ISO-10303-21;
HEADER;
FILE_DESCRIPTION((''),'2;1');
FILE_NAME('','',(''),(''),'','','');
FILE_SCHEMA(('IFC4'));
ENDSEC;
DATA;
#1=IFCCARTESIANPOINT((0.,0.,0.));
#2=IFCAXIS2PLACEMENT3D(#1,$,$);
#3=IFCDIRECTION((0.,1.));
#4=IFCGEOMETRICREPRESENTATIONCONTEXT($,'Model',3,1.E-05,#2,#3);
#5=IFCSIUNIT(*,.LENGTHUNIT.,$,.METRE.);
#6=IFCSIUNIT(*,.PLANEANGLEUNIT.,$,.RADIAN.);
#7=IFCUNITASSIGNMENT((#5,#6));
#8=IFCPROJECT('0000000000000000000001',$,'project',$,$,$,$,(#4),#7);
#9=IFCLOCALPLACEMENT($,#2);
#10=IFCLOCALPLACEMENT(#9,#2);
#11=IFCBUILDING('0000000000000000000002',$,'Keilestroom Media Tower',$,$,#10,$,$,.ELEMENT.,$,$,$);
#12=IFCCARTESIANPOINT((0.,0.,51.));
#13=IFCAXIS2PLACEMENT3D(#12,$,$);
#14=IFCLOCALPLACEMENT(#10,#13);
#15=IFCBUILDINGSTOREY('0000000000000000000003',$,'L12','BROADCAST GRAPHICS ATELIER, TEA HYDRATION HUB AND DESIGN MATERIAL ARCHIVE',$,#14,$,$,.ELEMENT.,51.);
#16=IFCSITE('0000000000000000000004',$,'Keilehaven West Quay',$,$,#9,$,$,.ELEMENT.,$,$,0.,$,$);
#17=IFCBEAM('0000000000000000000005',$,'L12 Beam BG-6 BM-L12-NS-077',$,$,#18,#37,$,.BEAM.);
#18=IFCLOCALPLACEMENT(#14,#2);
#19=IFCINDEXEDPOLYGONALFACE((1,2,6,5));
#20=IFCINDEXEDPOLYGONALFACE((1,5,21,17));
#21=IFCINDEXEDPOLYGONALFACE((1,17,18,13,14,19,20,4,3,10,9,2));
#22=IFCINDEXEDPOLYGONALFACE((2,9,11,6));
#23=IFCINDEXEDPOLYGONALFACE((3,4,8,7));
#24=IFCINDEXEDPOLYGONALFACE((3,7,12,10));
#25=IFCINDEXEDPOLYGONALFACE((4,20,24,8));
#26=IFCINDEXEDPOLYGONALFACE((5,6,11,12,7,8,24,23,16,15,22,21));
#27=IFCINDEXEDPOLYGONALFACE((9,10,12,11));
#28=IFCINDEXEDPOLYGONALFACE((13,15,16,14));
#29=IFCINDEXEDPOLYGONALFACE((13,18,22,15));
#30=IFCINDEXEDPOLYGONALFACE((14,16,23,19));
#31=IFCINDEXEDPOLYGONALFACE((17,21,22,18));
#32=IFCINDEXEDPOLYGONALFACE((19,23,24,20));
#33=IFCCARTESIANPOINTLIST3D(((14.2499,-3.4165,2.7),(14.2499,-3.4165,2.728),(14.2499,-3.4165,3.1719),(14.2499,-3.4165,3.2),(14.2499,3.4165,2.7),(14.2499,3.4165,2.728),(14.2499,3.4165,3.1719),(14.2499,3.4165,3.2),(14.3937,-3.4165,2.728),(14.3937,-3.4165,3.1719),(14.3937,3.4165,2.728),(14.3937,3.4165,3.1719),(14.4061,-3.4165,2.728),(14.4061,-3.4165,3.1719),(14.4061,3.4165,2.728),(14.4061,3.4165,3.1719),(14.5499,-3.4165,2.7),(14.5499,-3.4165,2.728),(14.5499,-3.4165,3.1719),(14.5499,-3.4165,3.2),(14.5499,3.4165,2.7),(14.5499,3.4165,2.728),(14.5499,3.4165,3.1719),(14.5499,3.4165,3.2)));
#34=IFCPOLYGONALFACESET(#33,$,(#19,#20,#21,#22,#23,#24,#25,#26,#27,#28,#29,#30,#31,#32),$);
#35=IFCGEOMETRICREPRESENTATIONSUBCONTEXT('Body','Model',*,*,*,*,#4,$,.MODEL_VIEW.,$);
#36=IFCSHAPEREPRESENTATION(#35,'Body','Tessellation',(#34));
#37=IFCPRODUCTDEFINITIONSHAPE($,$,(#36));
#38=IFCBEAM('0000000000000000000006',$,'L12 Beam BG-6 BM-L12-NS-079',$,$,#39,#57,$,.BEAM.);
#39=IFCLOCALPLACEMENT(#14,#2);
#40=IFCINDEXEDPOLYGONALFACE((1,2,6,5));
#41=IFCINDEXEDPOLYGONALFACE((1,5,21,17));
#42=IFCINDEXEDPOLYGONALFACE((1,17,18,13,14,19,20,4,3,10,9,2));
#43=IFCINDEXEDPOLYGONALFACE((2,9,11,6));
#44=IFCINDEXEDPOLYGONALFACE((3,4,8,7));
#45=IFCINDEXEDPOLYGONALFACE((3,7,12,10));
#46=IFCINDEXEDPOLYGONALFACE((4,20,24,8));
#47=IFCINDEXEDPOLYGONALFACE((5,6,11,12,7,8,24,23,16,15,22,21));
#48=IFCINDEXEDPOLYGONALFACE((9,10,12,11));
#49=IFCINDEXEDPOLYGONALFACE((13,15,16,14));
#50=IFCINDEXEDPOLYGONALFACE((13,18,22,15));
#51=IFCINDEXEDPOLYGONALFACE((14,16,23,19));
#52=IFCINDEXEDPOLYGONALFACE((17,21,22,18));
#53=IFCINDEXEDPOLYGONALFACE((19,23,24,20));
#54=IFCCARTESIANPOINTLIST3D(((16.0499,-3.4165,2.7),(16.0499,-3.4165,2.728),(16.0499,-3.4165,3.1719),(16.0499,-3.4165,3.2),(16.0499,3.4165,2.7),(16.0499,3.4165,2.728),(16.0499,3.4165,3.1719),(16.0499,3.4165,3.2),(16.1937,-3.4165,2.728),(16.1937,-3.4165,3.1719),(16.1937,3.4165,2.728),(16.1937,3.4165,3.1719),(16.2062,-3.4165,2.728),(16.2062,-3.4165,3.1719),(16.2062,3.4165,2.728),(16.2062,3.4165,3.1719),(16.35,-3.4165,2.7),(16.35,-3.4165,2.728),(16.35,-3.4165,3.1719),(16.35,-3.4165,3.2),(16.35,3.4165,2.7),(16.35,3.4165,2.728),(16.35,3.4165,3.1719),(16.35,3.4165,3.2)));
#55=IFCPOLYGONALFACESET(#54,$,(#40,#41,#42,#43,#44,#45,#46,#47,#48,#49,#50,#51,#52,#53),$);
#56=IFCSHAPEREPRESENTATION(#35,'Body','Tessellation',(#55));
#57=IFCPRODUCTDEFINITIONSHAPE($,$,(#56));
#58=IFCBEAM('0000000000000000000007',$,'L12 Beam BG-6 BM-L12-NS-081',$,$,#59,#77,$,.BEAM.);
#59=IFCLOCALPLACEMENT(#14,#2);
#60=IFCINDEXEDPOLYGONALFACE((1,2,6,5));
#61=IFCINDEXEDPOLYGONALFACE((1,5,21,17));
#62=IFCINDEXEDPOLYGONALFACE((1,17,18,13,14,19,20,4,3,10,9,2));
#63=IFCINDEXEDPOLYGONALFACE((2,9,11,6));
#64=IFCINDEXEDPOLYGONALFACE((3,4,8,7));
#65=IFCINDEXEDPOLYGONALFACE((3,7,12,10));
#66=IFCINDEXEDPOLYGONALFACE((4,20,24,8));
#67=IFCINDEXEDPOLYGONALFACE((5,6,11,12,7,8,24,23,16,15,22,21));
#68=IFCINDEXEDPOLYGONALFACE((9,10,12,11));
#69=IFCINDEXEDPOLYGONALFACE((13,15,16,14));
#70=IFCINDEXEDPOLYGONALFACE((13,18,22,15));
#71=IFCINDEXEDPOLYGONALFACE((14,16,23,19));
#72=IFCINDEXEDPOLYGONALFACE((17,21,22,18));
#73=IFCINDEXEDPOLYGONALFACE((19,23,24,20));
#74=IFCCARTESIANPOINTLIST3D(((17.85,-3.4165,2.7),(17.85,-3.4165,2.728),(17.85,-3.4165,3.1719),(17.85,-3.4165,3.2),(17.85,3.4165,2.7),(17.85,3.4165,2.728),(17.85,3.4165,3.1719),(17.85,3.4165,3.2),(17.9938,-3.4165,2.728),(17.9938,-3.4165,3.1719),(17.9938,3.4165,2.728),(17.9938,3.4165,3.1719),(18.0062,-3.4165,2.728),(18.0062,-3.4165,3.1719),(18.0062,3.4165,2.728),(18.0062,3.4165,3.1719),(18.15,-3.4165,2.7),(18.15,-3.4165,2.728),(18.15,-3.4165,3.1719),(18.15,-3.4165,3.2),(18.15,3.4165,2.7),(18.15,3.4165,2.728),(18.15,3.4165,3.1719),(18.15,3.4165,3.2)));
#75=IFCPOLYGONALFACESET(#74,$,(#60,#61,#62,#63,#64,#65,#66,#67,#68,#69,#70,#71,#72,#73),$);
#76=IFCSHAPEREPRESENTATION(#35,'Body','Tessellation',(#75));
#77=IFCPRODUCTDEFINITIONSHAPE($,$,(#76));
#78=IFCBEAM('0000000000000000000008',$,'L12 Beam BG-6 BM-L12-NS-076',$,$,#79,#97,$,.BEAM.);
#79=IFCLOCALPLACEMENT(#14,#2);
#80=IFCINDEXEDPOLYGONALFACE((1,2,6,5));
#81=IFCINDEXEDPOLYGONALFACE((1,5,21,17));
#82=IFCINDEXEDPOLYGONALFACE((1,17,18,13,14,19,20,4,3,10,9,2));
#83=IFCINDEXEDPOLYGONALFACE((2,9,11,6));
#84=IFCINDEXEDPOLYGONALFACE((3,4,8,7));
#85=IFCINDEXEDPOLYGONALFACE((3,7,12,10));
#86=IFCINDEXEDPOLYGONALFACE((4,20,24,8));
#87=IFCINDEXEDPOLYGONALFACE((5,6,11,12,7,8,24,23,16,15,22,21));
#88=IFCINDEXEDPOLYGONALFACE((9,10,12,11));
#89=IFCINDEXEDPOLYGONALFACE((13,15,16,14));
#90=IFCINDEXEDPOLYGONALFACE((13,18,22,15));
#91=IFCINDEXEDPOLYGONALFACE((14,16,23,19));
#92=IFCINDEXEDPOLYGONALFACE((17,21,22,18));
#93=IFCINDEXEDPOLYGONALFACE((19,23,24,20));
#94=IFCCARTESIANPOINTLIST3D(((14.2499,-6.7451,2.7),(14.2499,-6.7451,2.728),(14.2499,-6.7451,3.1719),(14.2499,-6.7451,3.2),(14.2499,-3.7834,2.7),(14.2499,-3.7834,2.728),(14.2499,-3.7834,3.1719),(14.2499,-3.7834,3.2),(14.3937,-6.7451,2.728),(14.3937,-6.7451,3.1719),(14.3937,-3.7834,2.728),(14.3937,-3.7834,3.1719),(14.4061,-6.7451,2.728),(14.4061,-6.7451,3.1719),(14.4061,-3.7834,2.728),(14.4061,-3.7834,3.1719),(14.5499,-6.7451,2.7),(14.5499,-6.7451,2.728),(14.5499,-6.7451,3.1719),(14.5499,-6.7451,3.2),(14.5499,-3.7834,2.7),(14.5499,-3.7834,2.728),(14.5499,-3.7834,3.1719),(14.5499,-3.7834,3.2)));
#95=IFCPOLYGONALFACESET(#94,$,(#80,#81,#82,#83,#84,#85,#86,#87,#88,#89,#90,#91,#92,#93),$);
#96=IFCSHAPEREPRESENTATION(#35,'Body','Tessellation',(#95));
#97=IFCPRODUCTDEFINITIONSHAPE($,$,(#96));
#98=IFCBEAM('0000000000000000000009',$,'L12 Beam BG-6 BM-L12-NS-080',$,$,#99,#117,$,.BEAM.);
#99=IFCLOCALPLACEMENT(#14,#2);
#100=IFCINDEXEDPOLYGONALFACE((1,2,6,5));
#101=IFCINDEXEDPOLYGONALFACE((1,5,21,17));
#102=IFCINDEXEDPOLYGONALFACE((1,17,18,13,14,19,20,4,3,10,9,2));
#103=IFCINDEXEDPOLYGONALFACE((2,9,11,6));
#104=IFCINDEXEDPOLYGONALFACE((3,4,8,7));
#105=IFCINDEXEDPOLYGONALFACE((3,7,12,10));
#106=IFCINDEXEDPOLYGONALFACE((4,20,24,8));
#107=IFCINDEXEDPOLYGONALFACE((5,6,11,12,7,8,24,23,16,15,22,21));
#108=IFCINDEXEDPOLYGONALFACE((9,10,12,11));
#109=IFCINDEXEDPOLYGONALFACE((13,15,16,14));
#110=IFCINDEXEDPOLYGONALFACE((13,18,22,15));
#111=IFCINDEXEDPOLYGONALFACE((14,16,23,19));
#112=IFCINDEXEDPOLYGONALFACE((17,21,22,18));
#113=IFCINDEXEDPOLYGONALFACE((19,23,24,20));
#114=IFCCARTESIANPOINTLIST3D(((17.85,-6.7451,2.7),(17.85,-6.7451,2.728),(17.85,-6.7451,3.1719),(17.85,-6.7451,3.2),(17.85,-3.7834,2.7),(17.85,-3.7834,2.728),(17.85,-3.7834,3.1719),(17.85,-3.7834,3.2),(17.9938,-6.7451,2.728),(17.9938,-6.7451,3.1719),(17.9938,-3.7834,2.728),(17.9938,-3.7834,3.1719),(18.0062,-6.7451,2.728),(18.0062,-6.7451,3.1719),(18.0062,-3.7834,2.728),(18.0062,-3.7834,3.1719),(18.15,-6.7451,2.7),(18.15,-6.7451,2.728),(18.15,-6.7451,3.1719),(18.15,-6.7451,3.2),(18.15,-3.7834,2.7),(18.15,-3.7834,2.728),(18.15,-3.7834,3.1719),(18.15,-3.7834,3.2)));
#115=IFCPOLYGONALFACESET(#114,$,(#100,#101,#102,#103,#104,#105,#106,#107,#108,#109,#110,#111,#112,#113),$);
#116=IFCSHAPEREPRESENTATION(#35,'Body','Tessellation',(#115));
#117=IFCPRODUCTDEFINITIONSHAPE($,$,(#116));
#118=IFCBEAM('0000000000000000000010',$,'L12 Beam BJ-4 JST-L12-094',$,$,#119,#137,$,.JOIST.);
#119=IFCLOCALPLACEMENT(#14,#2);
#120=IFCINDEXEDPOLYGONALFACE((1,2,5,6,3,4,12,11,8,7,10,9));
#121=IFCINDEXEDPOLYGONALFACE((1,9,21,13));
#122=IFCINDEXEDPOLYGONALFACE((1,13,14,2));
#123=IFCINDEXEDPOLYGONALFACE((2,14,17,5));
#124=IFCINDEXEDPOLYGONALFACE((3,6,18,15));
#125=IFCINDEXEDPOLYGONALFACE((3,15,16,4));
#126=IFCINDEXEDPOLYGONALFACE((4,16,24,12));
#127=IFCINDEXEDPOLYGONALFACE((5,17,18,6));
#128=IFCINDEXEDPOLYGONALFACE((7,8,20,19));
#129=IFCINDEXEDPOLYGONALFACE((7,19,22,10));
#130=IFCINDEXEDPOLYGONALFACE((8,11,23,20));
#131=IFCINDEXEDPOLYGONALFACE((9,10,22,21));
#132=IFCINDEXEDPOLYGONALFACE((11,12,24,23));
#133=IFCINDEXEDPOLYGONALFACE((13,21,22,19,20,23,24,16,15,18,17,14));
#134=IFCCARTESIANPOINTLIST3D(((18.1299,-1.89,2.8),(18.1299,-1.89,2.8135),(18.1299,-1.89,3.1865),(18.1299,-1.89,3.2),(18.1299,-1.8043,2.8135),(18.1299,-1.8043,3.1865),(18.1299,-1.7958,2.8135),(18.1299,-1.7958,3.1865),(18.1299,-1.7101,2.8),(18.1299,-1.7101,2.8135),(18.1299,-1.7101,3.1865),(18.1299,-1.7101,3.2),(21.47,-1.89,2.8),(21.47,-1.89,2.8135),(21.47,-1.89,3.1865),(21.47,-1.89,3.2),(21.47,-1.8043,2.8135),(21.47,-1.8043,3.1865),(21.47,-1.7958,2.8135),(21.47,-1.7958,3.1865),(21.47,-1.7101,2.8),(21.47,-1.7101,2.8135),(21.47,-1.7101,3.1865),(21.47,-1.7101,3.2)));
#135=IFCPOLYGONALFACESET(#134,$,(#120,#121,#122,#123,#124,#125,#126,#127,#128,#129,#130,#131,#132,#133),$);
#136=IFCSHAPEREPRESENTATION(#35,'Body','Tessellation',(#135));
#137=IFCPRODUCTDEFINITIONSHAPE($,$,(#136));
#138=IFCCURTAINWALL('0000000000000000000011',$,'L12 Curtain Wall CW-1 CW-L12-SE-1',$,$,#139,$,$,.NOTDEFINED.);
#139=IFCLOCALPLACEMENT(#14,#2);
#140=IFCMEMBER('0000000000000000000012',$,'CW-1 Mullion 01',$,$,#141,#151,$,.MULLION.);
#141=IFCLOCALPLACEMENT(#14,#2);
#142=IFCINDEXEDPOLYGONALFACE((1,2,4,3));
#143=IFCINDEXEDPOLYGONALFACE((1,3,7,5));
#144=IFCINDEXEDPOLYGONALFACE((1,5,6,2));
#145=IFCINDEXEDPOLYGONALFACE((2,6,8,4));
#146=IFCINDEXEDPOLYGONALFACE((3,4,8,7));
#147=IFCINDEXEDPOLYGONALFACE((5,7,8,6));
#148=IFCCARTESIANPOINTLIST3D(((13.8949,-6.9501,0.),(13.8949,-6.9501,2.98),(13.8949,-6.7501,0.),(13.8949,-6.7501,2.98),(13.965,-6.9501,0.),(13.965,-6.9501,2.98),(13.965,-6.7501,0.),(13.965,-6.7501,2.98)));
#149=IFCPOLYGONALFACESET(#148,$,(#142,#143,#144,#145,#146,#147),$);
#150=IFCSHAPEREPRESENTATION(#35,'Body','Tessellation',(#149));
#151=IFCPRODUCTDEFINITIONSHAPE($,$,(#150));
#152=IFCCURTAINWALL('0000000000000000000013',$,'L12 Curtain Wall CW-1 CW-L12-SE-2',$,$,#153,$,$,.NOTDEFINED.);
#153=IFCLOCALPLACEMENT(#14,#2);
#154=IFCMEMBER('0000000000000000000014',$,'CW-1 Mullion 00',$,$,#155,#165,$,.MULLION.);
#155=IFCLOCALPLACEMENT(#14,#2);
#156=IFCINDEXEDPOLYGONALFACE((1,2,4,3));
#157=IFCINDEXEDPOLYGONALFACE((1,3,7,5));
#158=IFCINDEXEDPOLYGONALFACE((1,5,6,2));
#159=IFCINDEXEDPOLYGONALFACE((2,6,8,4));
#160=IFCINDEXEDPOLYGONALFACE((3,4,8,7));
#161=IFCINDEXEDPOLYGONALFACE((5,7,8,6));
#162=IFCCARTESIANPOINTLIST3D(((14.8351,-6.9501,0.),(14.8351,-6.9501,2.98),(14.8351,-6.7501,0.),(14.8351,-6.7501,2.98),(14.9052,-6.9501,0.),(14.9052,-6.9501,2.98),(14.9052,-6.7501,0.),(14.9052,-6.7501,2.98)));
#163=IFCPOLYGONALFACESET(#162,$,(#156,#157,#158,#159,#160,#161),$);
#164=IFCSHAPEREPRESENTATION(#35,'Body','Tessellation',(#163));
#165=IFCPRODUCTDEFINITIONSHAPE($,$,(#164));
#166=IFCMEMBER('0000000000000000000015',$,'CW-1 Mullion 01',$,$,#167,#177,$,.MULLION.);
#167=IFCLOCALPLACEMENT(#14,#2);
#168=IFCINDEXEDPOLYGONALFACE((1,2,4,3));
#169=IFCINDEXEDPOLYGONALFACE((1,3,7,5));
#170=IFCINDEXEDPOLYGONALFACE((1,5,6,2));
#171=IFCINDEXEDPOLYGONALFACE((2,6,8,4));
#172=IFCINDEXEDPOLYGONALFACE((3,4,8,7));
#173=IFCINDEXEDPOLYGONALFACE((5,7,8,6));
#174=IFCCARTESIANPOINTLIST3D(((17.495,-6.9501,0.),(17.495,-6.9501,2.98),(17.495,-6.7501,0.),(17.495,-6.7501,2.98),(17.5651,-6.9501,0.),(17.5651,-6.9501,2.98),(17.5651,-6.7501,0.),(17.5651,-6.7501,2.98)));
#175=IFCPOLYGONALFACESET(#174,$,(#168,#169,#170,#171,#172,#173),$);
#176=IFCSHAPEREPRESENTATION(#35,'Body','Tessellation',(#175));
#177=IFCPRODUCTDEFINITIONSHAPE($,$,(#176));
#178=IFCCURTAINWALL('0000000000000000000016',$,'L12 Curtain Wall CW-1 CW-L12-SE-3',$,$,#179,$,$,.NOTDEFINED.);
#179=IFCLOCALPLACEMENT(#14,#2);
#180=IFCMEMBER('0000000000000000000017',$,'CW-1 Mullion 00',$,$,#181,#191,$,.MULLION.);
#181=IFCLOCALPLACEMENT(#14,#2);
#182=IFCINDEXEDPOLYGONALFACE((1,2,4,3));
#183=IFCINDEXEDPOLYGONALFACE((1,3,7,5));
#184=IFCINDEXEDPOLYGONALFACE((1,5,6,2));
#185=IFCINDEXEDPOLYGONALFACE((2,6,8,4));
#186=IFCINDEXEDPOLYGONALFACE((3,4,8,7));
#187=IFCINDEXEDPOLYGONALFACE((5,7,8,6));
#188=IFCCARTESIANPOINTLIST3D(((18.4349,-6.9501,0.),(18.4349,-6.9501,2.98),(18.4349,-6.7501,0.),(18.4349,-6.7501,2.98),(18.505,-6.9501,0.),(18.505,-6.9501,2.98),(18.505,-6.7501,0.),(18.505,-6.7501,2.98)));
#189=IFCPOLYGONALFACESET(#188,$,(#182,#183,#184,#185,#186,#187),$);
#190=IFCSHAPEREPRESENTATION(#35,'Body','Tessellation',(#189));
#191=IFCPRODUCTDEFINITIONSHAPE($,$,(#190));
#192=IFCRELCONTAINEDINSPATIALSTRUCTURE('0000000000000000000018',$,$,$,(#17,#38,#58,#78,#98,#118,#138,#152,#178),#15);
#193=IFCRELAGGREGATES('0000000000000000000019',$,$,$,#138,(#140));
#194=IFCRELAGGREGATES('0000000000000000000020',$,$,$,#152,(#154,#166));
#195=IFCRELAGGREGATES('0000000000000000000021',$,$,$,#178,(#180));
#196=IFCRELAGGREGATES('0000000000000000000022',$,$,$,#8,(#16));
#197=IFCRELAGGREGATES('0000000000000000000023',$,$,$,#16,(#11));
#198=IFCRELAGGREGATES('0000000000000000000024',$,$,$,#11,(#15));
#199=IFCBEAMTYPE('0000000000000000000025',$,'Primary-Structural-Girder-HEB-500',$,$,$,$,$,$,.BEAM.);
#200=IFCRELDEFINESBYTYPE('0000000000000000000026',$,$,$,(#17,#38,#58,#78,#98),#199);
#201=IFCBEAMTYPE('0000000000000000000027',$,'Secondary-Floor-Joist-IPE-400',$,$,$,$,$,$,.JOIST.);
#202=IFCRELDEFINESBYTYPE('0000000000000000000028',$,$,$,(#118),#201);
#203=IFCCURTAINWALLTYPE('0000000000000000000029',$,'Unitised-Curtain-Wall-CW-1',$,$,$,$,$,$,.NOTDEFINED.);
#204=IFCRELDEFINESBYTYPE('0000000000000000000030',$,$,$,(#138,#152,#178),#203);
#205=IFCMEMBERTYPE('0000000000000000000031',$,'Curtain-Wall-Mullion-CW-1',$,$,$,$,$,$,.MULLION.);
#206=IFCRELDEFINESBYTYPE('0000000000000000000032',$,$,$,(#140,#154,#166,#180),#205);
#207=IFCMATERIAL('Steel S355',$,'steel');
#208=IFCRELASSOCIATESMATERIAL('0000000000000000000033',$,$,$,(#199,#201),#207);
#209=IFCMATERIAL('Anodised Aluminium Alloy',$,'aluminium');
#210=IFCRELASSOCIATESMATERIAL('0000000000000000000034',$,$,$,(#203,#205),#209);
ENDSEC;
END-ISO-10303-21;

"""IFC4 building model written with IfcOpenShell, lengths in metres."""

from ifc_helpers import new_model, si_unit, direction, frame, origin, origin_2d, place, context, subcontext, project, spatial, rectangle, i_section, extrude, source, transform, mapped, material, material_profile, profile_set, type_object, element, aggregate, save


model = new_model("IFC4")

# Units and contexts
model_context = context("Model", 3, precision=1e-05, world=origin(), true_north=direction((0.0, 1.0)))
body_context = subcontext(model_context, "Body", "Model", "MODEL_VIEW")
ifc_project = project(units=[si_unit("LENGTHUNIT", "METRE"), si_unit("PLANEANGLEUNIT", "RADIAN")], contexts=[model_context])

# Site, building, storey
site_placement = place(None, origin())
site = spatial("IfcSite", under=ifc_project, at=site_placement, Name="Keilehaven West Quay", CompositionType="ELEMENT", RefElevation=0.0)
building_placement = place(site_placement, origin())
building = spatial("IfcBuilding", under=site, at=building_placement, Name="Keilestroom Media Tower", CompositionType="ELEMENT")
storey_placement = place(building_placement, frame((0.0, 0.0, 51.0)))
storey = spatial("IfcBuildingStorey", under=building, at=storey_placement, Name="L12", Description="BROADCAST GRAPHICS ATELIER, TEA HYDRATION HUB AND DESIGN MATERIAL ARCHIVE", CompositionType="ELEMENT", Elevation=51.0)

# Beams
ifc_material_1 = material(Name="Steel S355", Category="steel")
ifc_material_profile_1 = material_profile(ifc_material_1, i_section(OverallWidth=0.3, OverallDepth=0.5, WebThickness=0.0125, FlangeThickness=0.0281, at=origin_2d()), Name="HEB 500")
ifc_profile_set_1 = profile_set([ifc_material_profile_1], Name="Steel S355")
beam_type_1 = type_object("IfcBeamType", Name="Primary-Structural-Girder-HEB-500", PredefinedType="BEAM", material=ifc_profile_set_1)
shared_shape_1 = source(origin(), body_context, "Body", "SweptSolid", [
    extrude(i_section(OverallWidth=0.3, OverallDepth=0.5, WebThickness=0.0125, FlangeThickness=0.0281, at=origin_2d()), origin(), (0.0, 0.0, 1.0), 6.833),
])
for number, where, z_axis, x_axis, name in (
    (1, (14.3999, -3.4165, 2.95), (0.0, 1.0, 0.0), (-1.0, 0.0, 0.0), "L12 Beam BG-6 BM-L12-NS-077"),
    (2, (16.2, -3.4165, 2.95), (0.0, 1.0, 0.0), (-1.0, 0.0, 0.0), "L12 Beam BG-6 BM-L12-NS-079"),
    (3, (18.0, -3.4165, 2.95), (0.0, 1.0, 0.0), (-1.0, 0.0, 0.0), "L12 Beam BG-6 BM-L12-NS-081"),
):
    element("IfcBeam", number, at=place(storey_placement, frame(where, z_axis=z_axis, x_axis=x_axis)), inside=storey, type_object=beam_type_1, Name=name, PredefinedType="BEAM", context=body_context, shape_type="MappedRepresentation", body=[
        mapped(shared_shape_1, transform((0.0, 0.0, 0.0), x_axis=(1.0, 0.0, 0.0), y_axis=(0.0, 1.0, 0.0), z_axis=(0.0, 0.0, 1.0), scale=1.0)),
    ])
shared_shape_2 = source(origin(), body_context, "Body", "SweptSolid", [
    extrude(i_section(OverallWidth=0.3, OverallDepth=0.5, WebThickness=0.0125, FlangeThickness=0.0281, at=origin_2d()), origin(), (0.0, 0.0, 1.0), 2.9617),
])
for number, where, z_axis, x_axis, name in (
    (4, (14.3999, -6.7451, 2.95), (0.0, 1.0, 0.0), (-1.0, 0.0, 0.0), "L12 Beam BG-6 BM-L12-NS-076"),
    (5, (18.0, -6.7451, 2.95), (0.0, 1.0, 0.0), (-1.0, 0.0, 0.0), "L12 Beam BG-6 BM-L12-NS-080"),
):
    element("IfcBeam", number, at=place(storey_placement, frame(where, z_axis=z_axis, x_axis=x_axis)), inside=storey, type_object=beam_type_1, Name=name, PredefinedType="BEAM", context=body_context, shape_type="MappedRepresentation", body=[
        mapped(shared_shape_2, transform((0.0, 0.0, 0.0), x_axis=(1.0, 0.0, 0.0), y_axis=(0.0, 1.0, 0.0), z_axis=(0.0, 0.0, 1.0), scale=1.0)),
    ])
ifc_material_profile_2 = material_profile(ifc_material_1, i_section(OverallWidth=0.1799, OverallDepth=0.3999, WebThickness=0.0085, FlangeThickness=0.0134, at=origin_2d()), Name="IPE 400")
ifc_profile_set_2 = profile_set([ifc_material_profile_2], Name="Steel S355")
beam_type_2 = type_object("IfcBeamType", Name="Secondary-Floor-Joist-IPE-400", PredefinedType="JOIST", material=ifc_profile_set_2)
shared_shape_3 = source(origin(), body_context, "Body", "SweptSolid", [
    extrude(i_section(OverallWidth=0.1799, OverallDepth=0.3999, WebThickness=0.0085, FlangeThickness=0.0134, at=origin_2d()), origin(), (0.0, 0.0, 1.0), 3.3401),
])
beam_1_placement = place(storey_placement, frame((18.1299, -1.8, 3.0), z_axis=(1.0, 0.0, 0.0), x_axis=(0.0, 1.0, 0.0)))
element("IfcBeam", 6, at=beam_1_placement, inside=storey, type_object=beam_type_2, Name="L12 Beam BJ-4 JST-L12-094", PredefinedType="JOIST", context=body_context, shape_type="MappedRepresentation", body=[
    mapped(shared_shape_3, transform((0.0, 0.0, 0.0), x_axis=(1.0, 0.0, 0.0), y_axis=(0.0, 1.0, 0.0), z_axis=(0.0, 0.0, 1.0), scale=1.0)),
])

# Curtain wall, member
ifc_material_2 = material(Name="Anodised Aluminium Alloy", Category="aluminium")
curtain_wall_type = type_object("IfcCurtainWallType", Name="Unitised-Curtain-Wall-CW-1", PredefinedType="NOTDEFINED", material=ifc_material_2)
curtain_wall_1_placement = place(storey_placement, origin())
curtain_wall_1 = element("IfcCurtainWall", 7, at=curtain_wall_1_placement, inside=storey, type_object=curtain_wall_type, Name="L12 Curtain Wall CW-1 CW-L12-SE-1", PredefinedType="NOTDEFINED")
ifc_material_profile_3 = material_profile(ifc_material_2, rectangle(XDim=0.0701, YDim=0.2, at=origin_2d()), Name="ALU MULLION 70x200")
ifc_profile_set_3 = profile_set([ifc_material_profile_3], Name="Anodised Aluminium Alloy")
member_type_1 = type_object("IfcMemberType", Name="Curtain-Wall-Mullion-CW-1", PredefinedType="MULLION", material=ifc_profile_set_3)
shared_shape_4 = source(origin(), body_context, "Body", "SweptSolid", [
    extrude(rectangle(XDim=0.0701, YDim=0.2, at=origin_2d()), origin(), (0.0, 0.0, 1.0), 2.98),
])
member_1_placement = place(storey_placement, frame((13.9299, -6.8501, 0.0), z_axis=(0.0, 0.0, 1.0), x_axis=(1.0, 0.0, 0.0)))
member_1 = element("IfcMember", 8, at=member_1_placement, type_object=member_type_1, Name="CW-1 Mullion 01", PredefinedType="MULLION", context=body_context, shape_type="MappedRepresentation", body=[
    mapped(shared_shape_4, transform((0.0, 0.0, 0.0), x_axis=(1.0, 0.0, 0.0), y_axis=(0.0, 1.0, 0.0), z_axis=(0.0, 0.0, 1.0), scale=1.0)),
])
aggregate(curtain_wall_1, [member_1])

# Curtain wall, members
curtain_wall_2_placement = place(storey_placement, origin())
curtain_wall_2 = element("IfcCurtainWall", 9, at=curtain_wall_2_placement, inside=storey, type_object=curtain_wall_type, Name="L12 Curtain Wall CW-1 CW-L12-SE-2", PredefinedType="NOTDEFINED")
member_2_placement = place(storey_placement, frame((14.8701, -6.8501, 0.0), z_axis=(0.0, 0.0, 1.0), x_axis=(1.0, 0.0, 0.0)))
member_2 = element("IfcMember", 10, at=member_2_placement, type_object=member_type_1, Name="CW-1 Mullion 00", PredefinedType="MULLION", context=body_context, shape_type="MappedRepresentation", body=[
    mapped(shared_shape_4, transform((0.0, 0.0, 0.0), x_axis=(1.0, 0.0, 0.0), y_axis=(0.0, 1.0, 0.0), z_axis=(0.0, 0.0, 1.0), scale=1.0)),
])
member_3_placement = place(storey_placement, frame((17.53, -6.8501, 0.0), z_axis=(0.0, 0.0, 1.0), x_axis=(1.0, 0.0, 0.0)))
member_3 = element("IfcMember", 11, at=member_3_placement, type_object=member_type_1, Name="CW-1 Mullion 01", PredefinedType="MULLION", context=body_context, shape_type="MappedRepresentation", body=[
    mapped(shared_shape_4, transform((0.0, 0.0, 0.0), x_axis=(1.0, 0.0, 0.0), y_axis=(0.0, 1.0, 0.0), z_axis=(0.0, 0.0, 1.0), scale=1.0)),
])

# Curtain wall, member
curtain_wall_3_placement = place(storey_placement, origin())
curtain_wall_3 = element("IfcCurtainWall", 12, at=curtain_wall_3_placement, inside=storey, type_object=curtain_wall_type, Name="L12 Curtain Wall CW-1 CW-L12-SE-3", PredefinedType="NOTDEFINED")
member_4_placement = place(storey_placement, frame((18.47, -6.8501, 0.0), z_axis=(0.0, 0.0, 1.0), x_axis=(1.0, 0.0, 0.0)))
member_4 = element("IfcMember", 13, at=member_4_placement, type_object=member_type_1, Name="CW-1 Mullion 00", PredefinedType="MULLION", context=body_context, shape_type="MappedRepresentation", body=[
    mapped(shared_shape_4, transform((0.0, 0.0, 0.0), x_axis=(1.0, 0.0, 0.0), y_axis=(0.0, 1.0, 0.0), z_axis=(0.0, 0.0, 1.0), scale=1.0)),
])

aggregate(curtain_wall_2, [member_2, member_3])
aggregate(curtain_wall_3, [member_4])

save(model, "model.ifc")
